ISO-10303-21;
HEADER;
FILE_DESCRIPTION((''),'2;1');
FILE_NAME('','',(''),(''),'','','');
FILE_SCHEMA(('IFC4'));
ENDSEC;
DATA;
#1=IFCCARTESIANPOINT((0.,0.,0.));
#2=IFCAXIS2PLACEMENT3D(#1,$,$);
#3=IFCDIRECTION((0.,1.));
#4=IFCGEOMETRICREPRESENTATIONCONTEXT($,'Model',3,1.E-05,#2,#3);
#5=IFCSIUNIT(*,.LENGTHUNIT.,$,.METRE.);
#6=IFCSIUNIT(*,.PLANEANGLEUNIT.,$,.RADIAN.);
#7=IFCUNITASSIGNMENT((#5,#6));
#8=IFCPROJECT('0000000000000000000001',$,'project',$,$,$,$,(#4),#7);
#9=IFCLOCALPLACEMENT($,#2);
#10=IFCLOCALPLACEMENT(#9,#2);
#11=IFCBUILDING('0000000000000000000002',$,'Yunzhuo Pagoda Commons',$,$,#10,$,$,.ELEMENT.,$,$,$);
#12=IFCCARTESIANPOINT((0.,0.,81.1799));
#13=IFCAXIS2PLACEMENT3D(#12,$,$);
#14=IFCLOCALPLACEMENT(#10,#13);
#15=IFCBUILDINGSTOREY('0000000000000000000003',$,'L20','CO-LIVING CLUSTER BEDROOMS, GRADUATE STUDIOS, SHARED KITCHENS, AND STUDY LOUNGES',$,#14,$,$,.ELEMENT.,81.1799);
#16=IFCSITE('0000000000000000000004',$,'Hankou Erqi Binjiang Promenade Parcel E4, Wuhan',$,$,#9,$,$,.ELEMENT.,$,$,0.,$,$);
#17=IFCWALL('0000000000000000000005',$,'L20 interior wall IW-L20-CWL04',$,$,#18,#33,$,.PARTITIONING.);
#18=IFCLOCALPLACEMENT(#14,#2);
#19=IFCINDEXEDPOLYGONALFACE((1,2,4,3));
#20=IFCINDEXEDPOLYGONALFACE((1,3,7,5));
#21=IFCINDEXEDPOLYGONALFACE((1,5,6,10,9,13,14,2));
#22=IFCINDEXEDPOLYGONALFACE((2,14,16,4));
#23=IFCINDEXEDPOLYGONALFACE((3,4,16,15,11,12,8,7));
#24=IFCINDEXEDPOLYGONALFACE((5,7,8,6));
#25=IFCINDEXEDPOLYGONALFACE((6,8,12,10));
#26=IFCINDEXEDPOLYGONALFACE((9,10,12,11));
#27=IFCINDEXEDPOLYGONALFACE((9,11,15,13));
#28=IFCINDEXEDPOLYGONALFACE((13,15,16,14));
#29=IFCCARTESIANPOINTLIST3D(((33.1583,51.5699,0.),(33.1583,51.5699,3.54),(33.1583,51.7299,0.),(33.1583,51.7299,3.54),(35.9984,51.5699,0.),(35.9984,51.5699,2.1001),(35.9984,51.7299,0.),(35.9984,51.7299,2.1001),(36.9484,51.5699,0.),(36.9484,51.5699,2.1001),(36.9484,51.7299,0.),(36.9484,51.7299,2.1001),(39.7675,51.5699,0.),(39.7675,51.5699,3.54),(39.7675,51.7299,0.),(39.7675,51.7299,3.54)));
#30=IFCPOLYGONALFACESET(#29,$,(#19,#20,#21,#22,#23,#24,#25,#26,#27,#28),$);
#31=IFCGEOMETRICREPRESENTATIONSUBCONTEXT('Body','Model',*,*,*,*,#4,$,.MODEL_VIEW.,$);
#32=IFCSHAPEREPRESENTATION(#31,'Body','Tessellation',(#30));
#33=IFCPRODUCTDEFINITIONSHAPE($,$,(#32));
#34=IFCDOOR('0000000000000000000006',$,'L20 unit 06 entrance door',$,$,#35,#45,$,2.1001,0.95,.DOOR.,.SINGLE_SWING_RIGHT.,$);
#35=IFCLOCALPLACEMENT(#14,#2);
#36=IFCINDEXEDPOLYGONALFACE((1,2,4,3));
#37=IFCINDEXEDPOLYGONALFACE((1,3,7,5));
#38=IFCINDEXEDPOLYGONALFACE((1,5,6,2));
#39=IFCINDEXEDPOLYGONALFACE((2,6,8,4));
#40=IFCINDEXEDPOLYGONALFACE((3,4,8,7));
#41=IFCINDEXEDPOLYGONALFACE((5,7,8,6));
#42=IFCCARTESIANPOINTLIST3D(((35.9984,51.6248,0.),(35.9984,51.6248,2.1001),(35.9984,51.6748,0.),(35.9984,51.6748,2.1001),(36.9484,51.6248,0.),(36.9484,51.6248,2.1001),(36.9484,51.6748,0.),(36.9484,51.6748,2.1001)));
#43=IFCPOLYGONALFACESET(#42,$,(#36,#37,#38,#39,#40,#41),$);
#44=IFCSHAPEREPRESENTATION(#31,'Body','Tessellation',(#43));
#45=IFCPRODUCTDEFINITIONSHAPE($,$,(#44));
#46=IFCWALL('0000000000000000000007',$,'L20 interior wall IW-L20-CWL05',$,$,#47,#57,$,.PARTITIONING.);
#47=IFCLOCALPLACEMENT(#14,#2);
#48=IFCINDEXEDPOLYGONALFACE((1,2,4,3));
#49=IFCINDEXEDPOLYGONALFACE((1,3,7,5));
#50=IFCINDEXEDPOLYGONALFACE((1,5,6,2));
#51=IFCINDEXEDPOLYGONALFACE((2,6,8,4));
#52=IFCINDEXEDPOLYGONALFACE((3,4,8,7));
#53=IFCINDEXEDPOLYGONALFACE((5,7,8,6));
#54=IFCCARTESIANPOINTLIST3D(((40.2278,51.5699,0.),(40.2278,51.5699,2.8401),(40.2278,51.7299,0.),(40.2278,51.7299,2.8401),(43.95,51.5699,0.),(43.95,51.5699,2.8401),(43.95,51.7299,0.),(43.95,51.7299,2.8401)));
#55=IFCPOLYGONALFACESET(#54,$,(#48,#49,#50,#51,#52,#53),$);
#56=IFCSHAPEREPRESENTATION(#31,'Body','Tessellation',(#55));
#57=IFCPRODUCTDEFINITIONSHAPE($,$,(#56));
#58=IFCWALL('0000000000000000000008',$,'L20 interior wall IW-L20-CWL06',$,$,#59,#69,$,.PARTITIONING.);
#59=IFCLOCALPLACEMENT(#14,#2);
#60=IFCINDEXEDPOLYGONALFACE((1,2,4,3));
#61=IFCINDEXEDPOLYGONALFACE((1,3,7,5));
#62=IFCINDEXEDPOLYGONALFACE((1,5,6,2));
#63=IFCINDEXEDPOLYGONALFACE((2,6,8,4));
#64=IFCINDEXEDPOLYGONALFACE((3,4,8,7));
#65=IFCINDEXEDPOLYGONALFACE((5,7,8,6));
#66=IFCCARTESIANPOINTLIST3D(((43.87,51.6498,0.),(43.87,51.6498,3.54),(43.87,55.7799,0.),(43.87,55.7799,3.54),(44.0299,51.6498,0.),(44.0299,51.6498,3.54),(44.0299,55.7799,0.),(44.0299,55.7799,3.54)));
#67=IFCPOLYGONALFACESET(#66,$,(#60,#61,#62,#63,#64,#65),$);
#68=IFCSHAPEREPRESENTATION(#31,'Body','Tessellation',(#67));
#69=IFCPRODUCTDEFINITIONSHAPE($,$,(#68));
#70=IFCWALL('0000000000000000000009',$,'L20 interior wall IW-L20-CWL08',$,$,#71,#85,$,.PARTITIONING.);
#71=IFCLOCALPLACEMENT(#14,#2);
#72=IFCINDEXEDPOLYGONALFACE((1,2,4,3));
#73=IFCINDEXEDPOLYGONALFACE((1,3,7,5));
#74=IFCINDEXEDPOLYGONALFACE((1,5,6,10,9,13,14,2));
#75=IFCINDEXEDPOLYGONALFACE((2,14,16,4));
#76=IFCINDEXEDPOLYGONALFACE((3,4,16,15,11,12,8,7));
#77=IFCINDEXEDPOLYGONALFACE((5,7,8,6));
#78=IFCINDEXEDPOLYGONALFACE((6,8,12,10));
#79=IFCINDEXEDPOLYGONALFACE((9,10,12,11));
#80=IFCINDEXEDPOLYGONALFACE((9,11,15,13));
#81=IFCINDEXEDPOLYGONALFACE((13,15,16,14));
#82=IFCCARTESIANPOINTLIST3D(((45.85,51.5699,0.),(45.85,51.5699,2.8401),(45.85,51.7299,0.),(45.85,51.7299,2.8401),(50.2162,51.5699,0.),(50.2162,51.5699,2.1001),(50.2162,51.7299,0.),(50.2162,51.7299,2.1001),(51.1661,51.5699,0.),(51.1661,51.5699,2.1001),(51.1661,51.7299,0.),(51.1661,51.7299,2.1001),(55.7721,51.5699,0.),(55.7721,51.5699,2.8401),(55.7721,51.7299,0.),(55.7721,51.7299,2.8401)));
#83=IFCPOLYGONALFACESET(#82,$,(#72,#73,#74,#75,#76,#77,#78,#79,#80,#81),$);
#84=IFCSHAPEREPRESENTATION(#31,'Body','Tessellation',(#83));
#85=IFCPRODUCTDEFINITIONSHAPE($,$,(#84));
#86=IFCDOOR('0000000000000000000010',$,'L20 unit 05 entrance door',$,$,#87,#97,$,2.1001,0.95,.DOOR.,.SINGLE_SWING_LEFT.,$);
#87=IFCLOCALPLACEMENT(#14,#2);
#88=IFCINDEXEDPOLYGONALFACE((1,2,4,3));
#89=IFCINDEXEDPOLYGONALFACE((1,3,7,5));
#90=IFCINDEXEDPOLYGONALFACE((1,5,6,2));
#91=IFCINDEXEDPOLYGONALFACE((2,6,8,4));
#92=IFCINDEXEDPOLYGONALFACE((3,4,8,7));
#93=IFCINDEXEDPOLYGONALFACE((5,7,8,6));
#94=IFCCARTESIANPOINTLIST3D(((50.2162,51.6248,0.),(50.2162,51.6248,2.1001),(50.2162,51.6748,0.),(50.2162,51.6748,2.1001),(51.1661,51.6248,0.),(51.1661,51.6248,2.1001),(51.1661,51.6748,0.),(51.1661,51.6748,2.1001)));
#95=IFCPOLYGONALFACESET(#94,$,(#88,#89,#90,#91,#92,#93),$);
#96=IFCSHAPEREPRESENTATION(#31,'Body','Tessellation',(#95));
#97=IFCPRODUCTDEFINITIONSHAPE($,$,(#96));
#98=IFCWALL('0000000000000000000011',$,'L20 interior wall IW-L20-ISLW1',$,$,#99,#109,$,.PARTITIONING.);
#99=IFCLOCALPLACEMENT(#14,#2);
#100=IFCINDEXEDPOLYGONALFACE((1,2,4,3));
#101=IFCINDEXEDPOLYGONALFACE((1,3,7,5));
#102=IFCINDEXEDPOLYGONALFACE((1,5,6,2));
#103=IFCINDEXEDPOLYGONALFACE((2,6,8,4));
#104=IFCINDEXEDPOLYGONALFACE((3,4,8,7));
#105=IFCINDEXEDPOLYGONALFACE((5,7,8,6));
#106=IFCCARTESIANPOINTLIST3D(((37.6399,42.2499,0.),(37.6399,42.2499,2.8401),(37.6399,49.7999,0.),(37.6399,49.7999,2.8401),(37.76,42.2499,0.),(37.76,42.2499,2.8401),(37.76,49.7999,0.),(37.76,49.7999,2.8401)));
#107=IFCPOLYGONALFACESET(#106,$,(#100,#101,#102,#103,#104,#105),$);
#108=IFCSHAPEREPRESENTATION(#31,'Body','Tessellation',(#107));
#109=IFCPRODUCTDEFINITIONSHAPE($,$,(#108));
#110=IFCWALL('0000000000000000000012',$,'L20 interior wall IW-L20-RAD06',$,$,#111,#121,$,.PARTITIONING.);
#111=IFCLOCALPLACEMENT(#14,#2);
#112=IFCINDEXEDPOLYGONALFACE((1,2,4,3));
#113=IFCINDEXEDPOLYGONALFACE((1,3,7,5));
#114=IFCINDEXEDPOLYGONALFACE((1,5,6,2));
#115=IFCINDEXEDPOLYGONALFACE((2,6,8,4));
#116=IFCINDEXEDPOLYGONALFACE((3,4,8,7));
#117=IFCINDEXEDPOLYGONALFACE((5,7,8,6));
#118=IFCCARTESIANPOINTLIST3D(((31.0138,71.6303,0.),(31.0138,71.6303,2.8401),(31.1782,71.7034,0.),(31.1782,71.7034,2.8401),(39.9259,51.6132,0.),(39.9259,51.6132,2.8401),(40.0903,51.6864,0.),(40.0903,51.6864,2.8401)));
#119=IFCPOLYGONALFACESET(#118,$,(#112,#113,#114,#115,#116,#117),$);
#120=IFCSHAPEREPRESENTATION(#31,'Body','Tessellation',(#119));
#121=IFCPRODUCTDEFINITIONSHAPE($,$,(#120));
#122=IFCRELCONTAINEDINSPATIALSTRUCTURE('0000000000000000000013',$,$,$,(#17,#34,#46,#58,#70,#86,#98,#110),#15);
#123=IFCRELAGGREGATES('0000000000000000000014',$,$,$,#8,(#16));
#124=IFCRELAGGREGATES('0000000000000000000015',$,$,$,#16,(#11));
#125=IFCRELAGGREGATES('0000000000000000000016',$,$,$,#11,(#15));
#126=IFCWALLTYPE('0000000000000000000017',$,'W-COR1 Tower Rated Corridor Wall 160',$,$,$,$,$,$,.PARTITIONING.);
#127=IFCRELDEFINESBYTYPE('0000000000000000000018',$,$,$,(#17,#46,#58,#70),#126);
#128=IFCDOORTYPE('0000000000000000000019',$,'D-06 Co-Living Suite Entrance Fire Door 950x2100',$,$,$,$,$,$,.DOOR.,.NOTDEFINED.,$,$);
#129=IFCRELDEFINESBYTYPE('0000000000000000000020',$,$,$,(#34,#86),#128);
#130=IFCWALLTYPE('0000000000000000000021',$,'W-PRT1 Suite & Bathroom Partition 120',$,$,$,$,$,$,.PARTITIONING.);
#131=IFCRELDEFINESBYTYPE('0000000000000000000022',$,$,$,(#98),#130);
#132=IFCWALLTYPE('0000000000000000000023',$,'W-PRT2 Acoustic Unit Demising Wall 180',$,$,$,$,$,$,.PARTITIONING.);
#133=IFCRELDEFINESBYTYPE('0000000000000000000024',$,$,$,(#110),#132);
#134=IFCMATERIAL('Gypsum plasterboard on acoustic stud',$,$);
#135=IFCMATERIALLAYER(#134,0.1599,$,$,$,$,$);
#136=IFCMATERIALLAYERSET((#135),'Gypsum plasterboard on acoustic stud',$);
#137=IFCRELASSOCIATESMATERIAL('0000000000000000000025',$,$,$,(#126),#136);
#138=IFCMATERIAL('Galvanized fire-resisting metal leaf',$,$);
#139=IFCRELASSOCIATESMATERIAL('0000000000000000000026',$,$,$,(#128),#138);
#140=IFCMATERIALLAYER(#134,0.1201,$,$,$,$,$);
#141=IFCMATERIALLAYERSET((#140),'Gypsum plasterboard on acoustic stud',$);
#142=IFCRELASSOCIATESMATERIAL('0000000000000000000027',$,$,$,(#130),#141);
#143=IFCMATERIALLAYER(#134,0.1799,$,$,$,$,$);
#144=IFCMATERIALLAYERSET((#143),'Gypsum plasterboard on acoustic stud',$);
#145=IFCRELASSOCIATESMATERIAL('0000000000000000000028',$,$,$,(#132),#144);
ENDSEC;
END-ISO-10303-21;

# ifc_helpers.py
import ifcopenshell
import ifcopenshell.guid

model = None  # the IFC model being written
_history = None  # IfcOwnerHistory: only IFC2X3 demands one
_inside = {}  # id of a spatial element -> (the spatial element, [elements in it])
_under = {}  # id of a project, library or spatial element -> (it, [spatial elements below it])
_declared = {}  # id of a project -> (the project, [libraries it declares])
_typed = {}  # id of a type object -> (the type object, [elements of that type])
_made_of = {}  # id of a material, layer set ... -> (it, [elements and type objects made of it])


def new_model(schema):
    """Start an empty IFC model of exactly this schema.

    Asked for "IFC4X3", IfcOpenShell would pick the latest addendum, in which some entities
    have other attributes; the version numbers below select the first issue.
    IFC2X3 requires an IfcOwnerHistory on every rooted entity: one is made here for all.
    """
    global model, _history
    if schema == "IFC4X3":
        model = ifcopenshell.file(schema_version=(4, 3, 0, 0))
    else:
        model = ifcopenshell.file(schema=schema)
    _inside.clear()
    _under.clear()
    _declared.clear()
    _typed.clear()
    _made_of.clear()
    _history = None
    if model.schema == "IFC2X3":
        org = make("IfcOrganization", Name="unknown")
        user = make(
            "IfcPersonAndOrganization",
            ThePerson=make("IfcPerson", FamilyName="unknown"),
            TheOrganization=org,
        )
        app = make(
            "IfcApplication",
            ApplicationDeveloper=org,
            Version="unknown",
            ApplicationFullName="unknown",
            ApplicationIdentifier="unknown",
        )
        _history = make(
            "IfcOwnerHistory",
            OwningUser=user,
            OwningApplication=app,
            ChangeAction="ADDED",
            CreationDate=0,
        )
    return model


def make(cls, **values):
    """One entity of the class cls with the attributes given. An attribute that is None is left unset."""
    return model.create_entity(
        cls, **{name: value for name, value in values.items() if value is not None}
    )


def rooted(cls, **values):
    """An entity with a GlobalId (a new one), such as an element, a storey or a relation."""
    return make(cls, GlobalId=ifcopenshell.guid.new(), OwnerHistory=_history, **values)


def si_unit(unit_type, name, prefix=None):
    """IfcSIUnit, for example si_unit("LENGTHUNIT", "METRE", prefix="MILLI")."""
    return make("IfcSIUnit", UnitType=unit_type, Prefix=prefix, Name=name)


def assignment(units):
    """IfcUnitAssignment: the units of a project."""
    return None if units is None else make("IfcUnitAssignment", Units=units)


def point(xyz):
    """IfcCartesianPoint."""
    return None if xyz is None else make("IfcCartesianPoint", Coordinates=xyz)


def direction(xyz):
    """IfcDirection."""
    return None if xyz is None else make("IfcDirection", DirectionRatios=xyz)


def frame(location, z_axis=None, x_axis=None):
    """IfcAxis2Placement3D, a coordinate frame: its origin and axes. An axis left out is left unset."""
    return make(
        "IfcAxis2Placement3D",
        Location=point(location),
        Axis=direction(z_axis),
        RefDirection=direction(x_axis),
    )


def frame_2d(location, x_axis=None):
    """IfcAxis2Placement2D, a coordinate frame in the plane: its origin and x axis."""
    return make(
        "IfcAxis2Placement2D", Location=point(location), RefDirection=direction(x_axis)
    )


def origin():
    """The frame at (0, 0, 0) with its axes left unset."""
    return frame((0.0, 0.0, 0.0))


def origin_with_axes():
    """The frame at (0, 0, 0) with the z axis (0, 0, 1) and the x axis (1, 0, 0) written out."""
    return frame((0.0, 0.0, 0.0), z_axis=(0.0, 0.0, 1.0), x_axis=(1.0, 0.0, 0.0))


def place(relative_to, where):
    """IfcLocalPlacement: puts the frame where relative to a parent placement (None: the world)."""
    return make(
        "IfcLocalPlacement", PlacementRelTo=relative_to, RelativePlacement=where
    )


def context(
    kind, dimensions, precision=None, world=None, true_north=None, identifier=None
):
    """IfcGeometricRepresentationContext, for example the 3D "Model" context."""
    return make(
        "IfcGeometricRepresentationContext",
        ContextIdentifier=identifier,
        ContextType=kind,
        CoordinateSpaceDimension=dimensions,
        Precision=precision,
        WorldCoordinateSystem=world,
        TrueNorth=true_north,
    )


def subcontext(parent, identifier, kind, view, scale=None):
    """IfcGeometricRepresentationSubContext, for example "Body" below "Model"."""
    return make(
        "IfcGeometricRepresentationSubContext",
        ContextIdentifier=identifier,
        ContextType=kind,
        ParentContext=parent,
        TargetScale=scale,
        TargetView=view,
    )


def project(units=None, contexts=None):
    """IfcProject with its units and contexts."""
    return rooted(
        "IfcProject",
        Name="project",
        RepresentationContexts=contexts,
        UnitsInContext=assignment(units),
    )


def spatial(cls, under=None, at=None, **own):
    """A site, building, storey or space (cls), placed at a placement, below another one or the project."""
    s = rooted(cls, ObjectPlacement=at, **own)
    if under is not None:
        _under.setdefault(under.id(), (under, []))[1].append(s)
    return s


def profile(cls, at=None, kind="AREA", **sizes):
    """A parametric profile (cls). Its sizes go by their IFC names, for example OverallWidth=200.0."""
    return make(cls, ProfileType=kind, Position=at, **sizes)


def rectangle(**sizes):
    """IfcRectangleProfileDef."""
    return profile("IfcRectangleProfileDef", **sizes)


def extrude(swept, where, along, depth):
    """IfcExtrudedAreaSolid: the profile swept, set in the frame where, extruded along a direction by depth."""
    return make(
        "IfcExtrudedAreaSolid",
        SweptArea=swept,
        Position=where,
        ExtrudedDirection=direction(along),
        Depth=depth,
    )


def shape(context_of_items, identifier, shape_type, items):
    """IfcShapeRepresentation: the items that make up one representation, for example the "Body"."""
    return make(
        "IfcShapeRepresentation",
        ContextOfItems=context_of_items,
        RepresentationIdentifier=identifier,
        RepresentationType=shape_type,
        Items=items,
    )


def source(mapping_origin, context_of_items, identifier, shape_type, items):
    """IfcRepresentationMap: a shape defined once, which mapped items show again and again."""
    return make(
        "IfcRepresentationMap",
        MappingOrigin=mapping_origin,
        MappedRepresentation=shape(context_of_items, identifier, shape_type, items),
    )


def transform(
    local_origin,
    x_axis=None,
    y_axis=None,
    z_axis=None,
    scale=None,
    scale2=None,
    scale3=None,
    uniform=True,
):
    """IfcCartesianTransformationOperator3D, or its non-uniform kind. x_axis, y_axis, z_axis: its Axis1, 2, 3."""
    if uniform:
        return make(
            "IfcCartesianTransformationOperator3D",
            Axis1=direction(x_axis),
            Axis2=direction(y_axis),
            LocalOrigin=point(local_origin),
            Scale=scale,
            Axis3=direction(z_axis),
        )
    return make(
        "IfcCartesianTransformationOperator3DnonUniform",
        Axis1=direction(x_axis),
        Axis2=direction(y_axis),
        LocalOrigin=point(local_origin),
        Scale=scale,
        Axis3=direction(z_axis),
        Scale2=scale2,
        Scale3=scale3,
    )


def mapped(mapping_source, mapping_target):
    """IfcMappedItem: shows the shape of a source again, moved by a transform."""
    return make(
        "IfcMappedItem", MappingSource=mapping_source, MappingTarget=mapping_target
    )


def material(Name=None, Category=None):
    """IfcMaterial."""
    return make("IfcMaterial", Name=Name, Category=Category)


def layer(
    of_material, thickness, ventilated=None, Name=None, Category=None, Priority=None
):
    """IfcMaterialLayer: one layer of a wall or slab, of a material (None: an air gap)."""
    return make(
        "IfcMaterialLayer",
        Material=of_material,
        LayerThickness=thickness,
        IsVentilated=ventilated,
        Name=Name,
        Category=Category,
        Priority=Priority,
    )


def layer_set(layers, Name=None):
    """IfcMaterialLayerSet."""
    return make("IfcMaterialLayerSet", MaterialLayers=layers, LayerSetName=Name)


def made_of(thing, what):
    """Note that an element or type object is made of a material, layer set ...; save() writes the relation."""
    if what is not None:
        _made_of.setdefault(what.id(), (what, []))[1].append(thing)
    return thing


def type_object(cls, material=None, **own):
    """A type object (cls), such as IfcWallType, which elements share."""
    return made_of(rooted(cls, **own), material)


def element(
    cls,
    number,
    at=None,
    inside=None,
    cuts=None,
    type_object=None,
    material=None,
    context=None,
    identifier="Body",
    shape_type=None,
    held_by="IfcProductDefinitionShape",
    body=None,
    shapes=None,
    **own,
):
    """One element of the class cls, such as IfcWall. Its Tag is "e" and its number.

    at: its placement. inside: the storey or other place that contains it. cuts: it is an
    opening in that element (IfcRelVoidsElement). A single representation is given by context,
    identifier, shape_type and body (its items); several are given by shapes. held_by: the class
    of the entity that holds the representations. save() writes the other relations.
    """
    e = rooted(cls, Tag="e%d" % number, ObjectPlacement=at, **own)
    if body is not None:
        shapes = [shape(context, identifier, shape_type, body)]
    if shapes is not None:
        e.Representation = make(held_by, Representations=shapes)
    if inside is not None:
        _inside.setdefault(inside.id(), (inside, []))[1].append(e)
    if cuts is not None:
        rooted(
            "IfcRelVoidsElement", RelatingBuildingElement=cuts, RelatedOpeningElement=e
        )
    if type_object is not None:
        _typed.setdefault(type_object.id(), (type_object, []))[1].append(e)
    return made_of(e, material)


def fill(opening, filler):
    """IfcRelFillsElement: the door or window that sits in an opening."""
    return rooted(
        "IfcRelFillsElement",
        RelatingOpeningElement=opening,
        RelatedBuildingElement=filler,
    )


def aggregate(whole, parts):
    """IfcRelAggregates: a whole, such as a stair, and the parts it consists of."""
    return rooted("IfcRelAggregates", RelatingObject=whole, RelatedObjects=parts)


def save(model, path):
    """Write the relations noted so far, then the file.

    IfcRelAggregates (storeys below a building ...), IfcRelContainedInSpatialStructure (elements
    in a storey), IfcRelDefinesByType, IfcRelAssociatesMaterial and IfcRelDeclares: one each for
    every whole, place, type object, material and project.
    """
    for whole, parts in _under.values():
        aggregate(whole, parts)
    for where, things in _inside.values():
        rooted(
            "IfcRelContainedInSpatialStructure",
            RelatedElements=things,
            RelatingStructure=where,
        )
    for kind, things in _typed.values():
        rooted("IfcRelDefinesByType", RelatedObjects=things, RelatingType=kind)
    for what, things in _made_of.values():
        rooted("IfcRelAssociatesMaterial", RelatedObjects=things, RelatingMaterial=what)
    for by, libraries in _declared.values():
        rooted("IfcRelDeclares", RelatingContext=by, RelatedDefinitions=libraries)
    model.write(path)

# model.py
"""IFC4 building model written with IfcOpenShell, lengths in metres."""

from ifc_helpers import new_model, si_unit, direction, frame, frame_2d, origin, origin_with_axes, place, context, subcontext, project, spatial, rectangle, extrude, source, transform, mapped, material, layer, layer_set, type_object, element, fill, save


model = new_model("IFC4")

# Units and contexts
model_context = context("Model", 3, precision=1e-05, world=origin(), true_north=direction((0.0, 1.0)))
body_context = subcontext(model_context, "Body", "Model", "MODEL_VIEW")
ifc_project = project(units=[si_unit("LENGTHUNIT", "METRE"), si_unit("PLANEANGLEUNIT", "RADIAN")], contexts=[model_context])

# Site, building, storey
site_placement = place(None, origin())
site = spatial("IfcSite", under=ifc_project, at=site_placement, Name="Hankou Erqi Binjiang Promenade Parcel E4, Wuhan", CompositionType="ELEMENT", RefElevation=0.0)
building_placement = place(site_placement, origin())
building = spatial("IfcBuilding", under=site, at=building_placement, Name="Yunzhuo Pagoda Commons", CompositionType="ELEMENT")
storey_placement = place(building_placement, frame((0.0, 0.0, 81.1799)))
storey = spatial("IfcBuildingStorey", under=building, at=storey_placement, Name="L20", Description="CO-LIVING CLUSTER BEDROOMS, GRADUATE STUDIOS, SHARED KITCHENS, AND STUDY LOUNGES", CompositionType="ELEMENT", Elevation=81.1799)

# Shared definitions
ifc_material_1 = material(Name="Gypsum plasterboard on acoustic stud")
ifc_layer_1 = layer(ifc_material_1, 0.1599)
ifc_layer_set_1 = layer_set([ifc_layer_1], Name="Gypsum plasterboard on acoustic stud")
wall_type_1 = type_object("IfcWallType", Name="W-COR1 Tower Rated Corridor Wall 160", PredefinedType="PARTITIONING", material=ifc_layer_set_1)

# Shared definitions
ifc_material_2 = material(Name="Galvanized fire-resisting metal leaf")

# Wall, opening, door
wall_1_placement = place(storey_placement, frame((33.1582, 51.6499, 0.0), z_axis=(0.0, 0.0, 1.0), x_axis=(1.0, 0.0, 0.0)))
wall_1 = element("IfcWall", 1, at=wall_1_placement, inside=storey, type_object=wall_type_1, Name="L20 interior wall IW-L20-CWL04", PredefinedType="PARTITIONING", context=body_context, shape_type="SweptSolid", body=[
    extrude(rectangle(XDim=6.6091, YDim=0.1599, at=frame_2d((3.3047, 0.0))), origin(), (0.0, 0.0, 1.0), 3.54),
])
opening_1_placement = place(wall_1_placement, frame((2.8401, 0.0, 0.0)))
opening_1 = element("IfcOpeningElement", 2, at=opening_1_placement, cuts=wall_1, PredefinedType="OPENING", context=body_context, shape_type="SweptSolid", body=[
    extrude(rectangle(XDim=0.95, YDim=2.1001, at=frame_2d((0.4751, 1.05))), frame((0.0, 0.0898, 0.0), z_axis=(0.0, -1.0, 0.0), x_axis=(1.0, 0.0, 0.0)), (0.0, 0.0, 1.0), 0.1799),
])
door_type_1 = type_object("IfcDoorType", Name="D-06 Co-Living Suite Entrance Fire Door 950x2100", OperationType="NOTDEFINED", PredefinedType="DOOR", material=ifc_material_2)
shared_shape_1 = source(origin(), body_context, "Body", "SweptSolid", [
    extrude(rectangle(XDim=0.95, YDim=2.1001, at=frame_2d((0.4751, 1.05))), frame((0.0, 0.0249, 0.0), z_axis=(0.0, -1.0, 0.0), x_axis=(1.0, 0.0, 0.0)), (0.0, 0.0, 1.0), 0.05),
])
door_1_placement = place(opening_1_placement, origin_with_axes())
door_1 = element("IfcDoor", 3, at=door_1_placement, inside=storey, type_object=door_type_1, Name="L20 unit 06 entrance door", OperationType="SINGLE_SWING_RIGHT", OverallHeight=2.1001, OverallWidth=0.95, PredefinedType="DOOR", context=body_context, shape_type="MappedRepresentation", body=[
    mapped(shared_shape_1, transform((0.0, 0.0, 0.0), scale=1.0)),
])
fill(opening_1, door_1)

# Walls
wall_2_placement = place(storey_placement, frame((40.2278, 51.6499, 0.0), z_axis=(0.0, 0.0, 1.0), x_axis=(1.0, 0.0, 0.0)))
element("IfcWall", 4, at=wall_2_placement, inside=storey, type_object=wall_type_1, Name="L20 interior wall IW-L20-CWL05", PredefinedType="PARTITIONING", context=body_context, shape_type="SweptSolid", body=[
    extrude(rectangle(XDim=3.7222, YDim=0.1599, at=frame_2d((1.8611, 0.0))), origin(), (0.0, 0.0, 1.0), 2.8401),
])
wall_3_placement = place(storey_placement, frame((43.95, 51.6499, 0.0), z_axis=(0.0, 0.0, 1.0), x_axis=(0.0, 1.0, 0.0)))
element("IfcWall", 5, at=wall_3_placement, inside=storey, type_object=wall_type_1, Name="L20 interior wall IW-L20-CWL06", PredefinedType="PARTITIONING", context=body_context, shape_type="SweptSolid", body=[
    extrude(rectangle(XDim=4.1301, YDim=0.1599, at=frame_2d((2.0649, 0.0))), origin(), (0.0, 0.0, 1.0), 3.54),
])

# Wall, opening, door
wall_4_placement = place(storey_placement, frame((45.8501, 51.6499, 0.0), z_axis=(0.0, 0.0, 1.0), x_axis=(1.0, 0.0, 0.0)))
wall_4 = element("IfcWall", 6, at=wall_4_placement, inside=storey, type_object=wall_type_1, Name="L20 interior wall IW-L20-CWL08", PredefinedType="PARTITIONING", context=body_context, shape_type="SweptSolid", body=[
    extrude(rectangle(XDim=9.9221, YDim=0.1599, at=frame_2d((4.9609, 0.0))), origin(), (0.0, 0.0, 1.0), 2.8401),
])
opening_2_placement = place(wall_4_placement, frame((4.366, 0.0, 0.0)))
opening_2 = element("IfcOpeningElement", 7, at=opening_2_placement, cuts=wall_4, PredefinedType="OPENING", context=body_context, shape_type="SweptSolid", body=[
    extrude(rectangle(XDim=0.95, YDim=2.1001, at=frame_2d((0.4751, 1.05))), frame((0.0, 0.0898, 0.0), z_axis=(0.0, -1.0, 0.0), x_axis=(1.0, 0.0, 0.0)), (0.0, 0.0, 1.0), 0.1799),
])
door_2_placement = place(opening_2_placement, origin_with_axes())
door_2 = element("IfcDoor", 8, at=door_2_placement, inside=storey, type_object=door_type_1, Name="L20 unit 05 entrance door", OperationType="SINGLE_SWING_LEFT", OverallHeight=2.1001, OverallWidth=0.95, PredefinedType="DOOR", context=body_context, shape_type="MappedRepresentation", body=[
    mapped(shared_shape_1, transform((0.0, 0.0, 0.0), scale=1.0)),
])
fill(opening_2, door_2)

# Walls
ifc_layer_2 = layer(ifc_material_1, 0.1201)
ifc_layer_set_2 = layer_set([ifc_layer_2], Name="Gypsum plasterboard on acoustic stud")
wall_type_2 = type_object("IfcWallType", Name="W-PRT1 Suite & Bathroom Partition 120", PredefinedType="PARTITIONING", material=ifc_layer_set_2)
wall_5_placement = place(storey_placement, frame((37.7, 42.25, 0.0), z_axis=(0.0, 0.0, 1.0), x_axis=(0.0, 1.0, 0.0)))
element("IfcWall", 9, at=wall_5_placement, inside=storey, type_object=wall_type_2, Name="L20 interior wall IW-L20-ISLW1", PredefinedType="PARTITIONING", context=body_context, shape_type="SweptSolid", body=[
    extrude(rectangle(XDim=7.55, YDim=0.1201, at=frame_2d((3.7749, 0.0))), origin(), (0.0, 0.0, 1.0), 2.8401),
])
ifc_layer_3 = layer(ifc_material_1, 0.1799)
ifc_layer_set_3 = layer_set([ifc_layer_3], Name="Gypsum plasterboard on acoustic stud")
wall_type_3 = type_object("IfcWallType", Name="W-PRT2 Acoustic Unit Demising Wall 180", PredefinedType="PARTITIONING", material=ifc_layer_set_3)
wall_6_placement = place(storey_placement, frame((40.0081, 51.6499, 0.0), z_axis=(0.0, 0.0, 1.0), x_axis=(-0.406734, 0.913547, 0.0)))
element("IfcWall", 10, at=wall_6_placement, inside=storey, type_object=wall_type_3, Name="L20 interior wall IW-L20-RAD06", PredefinedType="PARTITIONING", context=body_context, shape_type="SweptSolid", body=[
    extrude(rectangle(XDim=21.9114, YDim=0.1799, at=frame_2d((10.9556, 0.0))), origin(), (0.0, 0.0, 1.0), 2.8401),
])

save(model, "model.ifc")
